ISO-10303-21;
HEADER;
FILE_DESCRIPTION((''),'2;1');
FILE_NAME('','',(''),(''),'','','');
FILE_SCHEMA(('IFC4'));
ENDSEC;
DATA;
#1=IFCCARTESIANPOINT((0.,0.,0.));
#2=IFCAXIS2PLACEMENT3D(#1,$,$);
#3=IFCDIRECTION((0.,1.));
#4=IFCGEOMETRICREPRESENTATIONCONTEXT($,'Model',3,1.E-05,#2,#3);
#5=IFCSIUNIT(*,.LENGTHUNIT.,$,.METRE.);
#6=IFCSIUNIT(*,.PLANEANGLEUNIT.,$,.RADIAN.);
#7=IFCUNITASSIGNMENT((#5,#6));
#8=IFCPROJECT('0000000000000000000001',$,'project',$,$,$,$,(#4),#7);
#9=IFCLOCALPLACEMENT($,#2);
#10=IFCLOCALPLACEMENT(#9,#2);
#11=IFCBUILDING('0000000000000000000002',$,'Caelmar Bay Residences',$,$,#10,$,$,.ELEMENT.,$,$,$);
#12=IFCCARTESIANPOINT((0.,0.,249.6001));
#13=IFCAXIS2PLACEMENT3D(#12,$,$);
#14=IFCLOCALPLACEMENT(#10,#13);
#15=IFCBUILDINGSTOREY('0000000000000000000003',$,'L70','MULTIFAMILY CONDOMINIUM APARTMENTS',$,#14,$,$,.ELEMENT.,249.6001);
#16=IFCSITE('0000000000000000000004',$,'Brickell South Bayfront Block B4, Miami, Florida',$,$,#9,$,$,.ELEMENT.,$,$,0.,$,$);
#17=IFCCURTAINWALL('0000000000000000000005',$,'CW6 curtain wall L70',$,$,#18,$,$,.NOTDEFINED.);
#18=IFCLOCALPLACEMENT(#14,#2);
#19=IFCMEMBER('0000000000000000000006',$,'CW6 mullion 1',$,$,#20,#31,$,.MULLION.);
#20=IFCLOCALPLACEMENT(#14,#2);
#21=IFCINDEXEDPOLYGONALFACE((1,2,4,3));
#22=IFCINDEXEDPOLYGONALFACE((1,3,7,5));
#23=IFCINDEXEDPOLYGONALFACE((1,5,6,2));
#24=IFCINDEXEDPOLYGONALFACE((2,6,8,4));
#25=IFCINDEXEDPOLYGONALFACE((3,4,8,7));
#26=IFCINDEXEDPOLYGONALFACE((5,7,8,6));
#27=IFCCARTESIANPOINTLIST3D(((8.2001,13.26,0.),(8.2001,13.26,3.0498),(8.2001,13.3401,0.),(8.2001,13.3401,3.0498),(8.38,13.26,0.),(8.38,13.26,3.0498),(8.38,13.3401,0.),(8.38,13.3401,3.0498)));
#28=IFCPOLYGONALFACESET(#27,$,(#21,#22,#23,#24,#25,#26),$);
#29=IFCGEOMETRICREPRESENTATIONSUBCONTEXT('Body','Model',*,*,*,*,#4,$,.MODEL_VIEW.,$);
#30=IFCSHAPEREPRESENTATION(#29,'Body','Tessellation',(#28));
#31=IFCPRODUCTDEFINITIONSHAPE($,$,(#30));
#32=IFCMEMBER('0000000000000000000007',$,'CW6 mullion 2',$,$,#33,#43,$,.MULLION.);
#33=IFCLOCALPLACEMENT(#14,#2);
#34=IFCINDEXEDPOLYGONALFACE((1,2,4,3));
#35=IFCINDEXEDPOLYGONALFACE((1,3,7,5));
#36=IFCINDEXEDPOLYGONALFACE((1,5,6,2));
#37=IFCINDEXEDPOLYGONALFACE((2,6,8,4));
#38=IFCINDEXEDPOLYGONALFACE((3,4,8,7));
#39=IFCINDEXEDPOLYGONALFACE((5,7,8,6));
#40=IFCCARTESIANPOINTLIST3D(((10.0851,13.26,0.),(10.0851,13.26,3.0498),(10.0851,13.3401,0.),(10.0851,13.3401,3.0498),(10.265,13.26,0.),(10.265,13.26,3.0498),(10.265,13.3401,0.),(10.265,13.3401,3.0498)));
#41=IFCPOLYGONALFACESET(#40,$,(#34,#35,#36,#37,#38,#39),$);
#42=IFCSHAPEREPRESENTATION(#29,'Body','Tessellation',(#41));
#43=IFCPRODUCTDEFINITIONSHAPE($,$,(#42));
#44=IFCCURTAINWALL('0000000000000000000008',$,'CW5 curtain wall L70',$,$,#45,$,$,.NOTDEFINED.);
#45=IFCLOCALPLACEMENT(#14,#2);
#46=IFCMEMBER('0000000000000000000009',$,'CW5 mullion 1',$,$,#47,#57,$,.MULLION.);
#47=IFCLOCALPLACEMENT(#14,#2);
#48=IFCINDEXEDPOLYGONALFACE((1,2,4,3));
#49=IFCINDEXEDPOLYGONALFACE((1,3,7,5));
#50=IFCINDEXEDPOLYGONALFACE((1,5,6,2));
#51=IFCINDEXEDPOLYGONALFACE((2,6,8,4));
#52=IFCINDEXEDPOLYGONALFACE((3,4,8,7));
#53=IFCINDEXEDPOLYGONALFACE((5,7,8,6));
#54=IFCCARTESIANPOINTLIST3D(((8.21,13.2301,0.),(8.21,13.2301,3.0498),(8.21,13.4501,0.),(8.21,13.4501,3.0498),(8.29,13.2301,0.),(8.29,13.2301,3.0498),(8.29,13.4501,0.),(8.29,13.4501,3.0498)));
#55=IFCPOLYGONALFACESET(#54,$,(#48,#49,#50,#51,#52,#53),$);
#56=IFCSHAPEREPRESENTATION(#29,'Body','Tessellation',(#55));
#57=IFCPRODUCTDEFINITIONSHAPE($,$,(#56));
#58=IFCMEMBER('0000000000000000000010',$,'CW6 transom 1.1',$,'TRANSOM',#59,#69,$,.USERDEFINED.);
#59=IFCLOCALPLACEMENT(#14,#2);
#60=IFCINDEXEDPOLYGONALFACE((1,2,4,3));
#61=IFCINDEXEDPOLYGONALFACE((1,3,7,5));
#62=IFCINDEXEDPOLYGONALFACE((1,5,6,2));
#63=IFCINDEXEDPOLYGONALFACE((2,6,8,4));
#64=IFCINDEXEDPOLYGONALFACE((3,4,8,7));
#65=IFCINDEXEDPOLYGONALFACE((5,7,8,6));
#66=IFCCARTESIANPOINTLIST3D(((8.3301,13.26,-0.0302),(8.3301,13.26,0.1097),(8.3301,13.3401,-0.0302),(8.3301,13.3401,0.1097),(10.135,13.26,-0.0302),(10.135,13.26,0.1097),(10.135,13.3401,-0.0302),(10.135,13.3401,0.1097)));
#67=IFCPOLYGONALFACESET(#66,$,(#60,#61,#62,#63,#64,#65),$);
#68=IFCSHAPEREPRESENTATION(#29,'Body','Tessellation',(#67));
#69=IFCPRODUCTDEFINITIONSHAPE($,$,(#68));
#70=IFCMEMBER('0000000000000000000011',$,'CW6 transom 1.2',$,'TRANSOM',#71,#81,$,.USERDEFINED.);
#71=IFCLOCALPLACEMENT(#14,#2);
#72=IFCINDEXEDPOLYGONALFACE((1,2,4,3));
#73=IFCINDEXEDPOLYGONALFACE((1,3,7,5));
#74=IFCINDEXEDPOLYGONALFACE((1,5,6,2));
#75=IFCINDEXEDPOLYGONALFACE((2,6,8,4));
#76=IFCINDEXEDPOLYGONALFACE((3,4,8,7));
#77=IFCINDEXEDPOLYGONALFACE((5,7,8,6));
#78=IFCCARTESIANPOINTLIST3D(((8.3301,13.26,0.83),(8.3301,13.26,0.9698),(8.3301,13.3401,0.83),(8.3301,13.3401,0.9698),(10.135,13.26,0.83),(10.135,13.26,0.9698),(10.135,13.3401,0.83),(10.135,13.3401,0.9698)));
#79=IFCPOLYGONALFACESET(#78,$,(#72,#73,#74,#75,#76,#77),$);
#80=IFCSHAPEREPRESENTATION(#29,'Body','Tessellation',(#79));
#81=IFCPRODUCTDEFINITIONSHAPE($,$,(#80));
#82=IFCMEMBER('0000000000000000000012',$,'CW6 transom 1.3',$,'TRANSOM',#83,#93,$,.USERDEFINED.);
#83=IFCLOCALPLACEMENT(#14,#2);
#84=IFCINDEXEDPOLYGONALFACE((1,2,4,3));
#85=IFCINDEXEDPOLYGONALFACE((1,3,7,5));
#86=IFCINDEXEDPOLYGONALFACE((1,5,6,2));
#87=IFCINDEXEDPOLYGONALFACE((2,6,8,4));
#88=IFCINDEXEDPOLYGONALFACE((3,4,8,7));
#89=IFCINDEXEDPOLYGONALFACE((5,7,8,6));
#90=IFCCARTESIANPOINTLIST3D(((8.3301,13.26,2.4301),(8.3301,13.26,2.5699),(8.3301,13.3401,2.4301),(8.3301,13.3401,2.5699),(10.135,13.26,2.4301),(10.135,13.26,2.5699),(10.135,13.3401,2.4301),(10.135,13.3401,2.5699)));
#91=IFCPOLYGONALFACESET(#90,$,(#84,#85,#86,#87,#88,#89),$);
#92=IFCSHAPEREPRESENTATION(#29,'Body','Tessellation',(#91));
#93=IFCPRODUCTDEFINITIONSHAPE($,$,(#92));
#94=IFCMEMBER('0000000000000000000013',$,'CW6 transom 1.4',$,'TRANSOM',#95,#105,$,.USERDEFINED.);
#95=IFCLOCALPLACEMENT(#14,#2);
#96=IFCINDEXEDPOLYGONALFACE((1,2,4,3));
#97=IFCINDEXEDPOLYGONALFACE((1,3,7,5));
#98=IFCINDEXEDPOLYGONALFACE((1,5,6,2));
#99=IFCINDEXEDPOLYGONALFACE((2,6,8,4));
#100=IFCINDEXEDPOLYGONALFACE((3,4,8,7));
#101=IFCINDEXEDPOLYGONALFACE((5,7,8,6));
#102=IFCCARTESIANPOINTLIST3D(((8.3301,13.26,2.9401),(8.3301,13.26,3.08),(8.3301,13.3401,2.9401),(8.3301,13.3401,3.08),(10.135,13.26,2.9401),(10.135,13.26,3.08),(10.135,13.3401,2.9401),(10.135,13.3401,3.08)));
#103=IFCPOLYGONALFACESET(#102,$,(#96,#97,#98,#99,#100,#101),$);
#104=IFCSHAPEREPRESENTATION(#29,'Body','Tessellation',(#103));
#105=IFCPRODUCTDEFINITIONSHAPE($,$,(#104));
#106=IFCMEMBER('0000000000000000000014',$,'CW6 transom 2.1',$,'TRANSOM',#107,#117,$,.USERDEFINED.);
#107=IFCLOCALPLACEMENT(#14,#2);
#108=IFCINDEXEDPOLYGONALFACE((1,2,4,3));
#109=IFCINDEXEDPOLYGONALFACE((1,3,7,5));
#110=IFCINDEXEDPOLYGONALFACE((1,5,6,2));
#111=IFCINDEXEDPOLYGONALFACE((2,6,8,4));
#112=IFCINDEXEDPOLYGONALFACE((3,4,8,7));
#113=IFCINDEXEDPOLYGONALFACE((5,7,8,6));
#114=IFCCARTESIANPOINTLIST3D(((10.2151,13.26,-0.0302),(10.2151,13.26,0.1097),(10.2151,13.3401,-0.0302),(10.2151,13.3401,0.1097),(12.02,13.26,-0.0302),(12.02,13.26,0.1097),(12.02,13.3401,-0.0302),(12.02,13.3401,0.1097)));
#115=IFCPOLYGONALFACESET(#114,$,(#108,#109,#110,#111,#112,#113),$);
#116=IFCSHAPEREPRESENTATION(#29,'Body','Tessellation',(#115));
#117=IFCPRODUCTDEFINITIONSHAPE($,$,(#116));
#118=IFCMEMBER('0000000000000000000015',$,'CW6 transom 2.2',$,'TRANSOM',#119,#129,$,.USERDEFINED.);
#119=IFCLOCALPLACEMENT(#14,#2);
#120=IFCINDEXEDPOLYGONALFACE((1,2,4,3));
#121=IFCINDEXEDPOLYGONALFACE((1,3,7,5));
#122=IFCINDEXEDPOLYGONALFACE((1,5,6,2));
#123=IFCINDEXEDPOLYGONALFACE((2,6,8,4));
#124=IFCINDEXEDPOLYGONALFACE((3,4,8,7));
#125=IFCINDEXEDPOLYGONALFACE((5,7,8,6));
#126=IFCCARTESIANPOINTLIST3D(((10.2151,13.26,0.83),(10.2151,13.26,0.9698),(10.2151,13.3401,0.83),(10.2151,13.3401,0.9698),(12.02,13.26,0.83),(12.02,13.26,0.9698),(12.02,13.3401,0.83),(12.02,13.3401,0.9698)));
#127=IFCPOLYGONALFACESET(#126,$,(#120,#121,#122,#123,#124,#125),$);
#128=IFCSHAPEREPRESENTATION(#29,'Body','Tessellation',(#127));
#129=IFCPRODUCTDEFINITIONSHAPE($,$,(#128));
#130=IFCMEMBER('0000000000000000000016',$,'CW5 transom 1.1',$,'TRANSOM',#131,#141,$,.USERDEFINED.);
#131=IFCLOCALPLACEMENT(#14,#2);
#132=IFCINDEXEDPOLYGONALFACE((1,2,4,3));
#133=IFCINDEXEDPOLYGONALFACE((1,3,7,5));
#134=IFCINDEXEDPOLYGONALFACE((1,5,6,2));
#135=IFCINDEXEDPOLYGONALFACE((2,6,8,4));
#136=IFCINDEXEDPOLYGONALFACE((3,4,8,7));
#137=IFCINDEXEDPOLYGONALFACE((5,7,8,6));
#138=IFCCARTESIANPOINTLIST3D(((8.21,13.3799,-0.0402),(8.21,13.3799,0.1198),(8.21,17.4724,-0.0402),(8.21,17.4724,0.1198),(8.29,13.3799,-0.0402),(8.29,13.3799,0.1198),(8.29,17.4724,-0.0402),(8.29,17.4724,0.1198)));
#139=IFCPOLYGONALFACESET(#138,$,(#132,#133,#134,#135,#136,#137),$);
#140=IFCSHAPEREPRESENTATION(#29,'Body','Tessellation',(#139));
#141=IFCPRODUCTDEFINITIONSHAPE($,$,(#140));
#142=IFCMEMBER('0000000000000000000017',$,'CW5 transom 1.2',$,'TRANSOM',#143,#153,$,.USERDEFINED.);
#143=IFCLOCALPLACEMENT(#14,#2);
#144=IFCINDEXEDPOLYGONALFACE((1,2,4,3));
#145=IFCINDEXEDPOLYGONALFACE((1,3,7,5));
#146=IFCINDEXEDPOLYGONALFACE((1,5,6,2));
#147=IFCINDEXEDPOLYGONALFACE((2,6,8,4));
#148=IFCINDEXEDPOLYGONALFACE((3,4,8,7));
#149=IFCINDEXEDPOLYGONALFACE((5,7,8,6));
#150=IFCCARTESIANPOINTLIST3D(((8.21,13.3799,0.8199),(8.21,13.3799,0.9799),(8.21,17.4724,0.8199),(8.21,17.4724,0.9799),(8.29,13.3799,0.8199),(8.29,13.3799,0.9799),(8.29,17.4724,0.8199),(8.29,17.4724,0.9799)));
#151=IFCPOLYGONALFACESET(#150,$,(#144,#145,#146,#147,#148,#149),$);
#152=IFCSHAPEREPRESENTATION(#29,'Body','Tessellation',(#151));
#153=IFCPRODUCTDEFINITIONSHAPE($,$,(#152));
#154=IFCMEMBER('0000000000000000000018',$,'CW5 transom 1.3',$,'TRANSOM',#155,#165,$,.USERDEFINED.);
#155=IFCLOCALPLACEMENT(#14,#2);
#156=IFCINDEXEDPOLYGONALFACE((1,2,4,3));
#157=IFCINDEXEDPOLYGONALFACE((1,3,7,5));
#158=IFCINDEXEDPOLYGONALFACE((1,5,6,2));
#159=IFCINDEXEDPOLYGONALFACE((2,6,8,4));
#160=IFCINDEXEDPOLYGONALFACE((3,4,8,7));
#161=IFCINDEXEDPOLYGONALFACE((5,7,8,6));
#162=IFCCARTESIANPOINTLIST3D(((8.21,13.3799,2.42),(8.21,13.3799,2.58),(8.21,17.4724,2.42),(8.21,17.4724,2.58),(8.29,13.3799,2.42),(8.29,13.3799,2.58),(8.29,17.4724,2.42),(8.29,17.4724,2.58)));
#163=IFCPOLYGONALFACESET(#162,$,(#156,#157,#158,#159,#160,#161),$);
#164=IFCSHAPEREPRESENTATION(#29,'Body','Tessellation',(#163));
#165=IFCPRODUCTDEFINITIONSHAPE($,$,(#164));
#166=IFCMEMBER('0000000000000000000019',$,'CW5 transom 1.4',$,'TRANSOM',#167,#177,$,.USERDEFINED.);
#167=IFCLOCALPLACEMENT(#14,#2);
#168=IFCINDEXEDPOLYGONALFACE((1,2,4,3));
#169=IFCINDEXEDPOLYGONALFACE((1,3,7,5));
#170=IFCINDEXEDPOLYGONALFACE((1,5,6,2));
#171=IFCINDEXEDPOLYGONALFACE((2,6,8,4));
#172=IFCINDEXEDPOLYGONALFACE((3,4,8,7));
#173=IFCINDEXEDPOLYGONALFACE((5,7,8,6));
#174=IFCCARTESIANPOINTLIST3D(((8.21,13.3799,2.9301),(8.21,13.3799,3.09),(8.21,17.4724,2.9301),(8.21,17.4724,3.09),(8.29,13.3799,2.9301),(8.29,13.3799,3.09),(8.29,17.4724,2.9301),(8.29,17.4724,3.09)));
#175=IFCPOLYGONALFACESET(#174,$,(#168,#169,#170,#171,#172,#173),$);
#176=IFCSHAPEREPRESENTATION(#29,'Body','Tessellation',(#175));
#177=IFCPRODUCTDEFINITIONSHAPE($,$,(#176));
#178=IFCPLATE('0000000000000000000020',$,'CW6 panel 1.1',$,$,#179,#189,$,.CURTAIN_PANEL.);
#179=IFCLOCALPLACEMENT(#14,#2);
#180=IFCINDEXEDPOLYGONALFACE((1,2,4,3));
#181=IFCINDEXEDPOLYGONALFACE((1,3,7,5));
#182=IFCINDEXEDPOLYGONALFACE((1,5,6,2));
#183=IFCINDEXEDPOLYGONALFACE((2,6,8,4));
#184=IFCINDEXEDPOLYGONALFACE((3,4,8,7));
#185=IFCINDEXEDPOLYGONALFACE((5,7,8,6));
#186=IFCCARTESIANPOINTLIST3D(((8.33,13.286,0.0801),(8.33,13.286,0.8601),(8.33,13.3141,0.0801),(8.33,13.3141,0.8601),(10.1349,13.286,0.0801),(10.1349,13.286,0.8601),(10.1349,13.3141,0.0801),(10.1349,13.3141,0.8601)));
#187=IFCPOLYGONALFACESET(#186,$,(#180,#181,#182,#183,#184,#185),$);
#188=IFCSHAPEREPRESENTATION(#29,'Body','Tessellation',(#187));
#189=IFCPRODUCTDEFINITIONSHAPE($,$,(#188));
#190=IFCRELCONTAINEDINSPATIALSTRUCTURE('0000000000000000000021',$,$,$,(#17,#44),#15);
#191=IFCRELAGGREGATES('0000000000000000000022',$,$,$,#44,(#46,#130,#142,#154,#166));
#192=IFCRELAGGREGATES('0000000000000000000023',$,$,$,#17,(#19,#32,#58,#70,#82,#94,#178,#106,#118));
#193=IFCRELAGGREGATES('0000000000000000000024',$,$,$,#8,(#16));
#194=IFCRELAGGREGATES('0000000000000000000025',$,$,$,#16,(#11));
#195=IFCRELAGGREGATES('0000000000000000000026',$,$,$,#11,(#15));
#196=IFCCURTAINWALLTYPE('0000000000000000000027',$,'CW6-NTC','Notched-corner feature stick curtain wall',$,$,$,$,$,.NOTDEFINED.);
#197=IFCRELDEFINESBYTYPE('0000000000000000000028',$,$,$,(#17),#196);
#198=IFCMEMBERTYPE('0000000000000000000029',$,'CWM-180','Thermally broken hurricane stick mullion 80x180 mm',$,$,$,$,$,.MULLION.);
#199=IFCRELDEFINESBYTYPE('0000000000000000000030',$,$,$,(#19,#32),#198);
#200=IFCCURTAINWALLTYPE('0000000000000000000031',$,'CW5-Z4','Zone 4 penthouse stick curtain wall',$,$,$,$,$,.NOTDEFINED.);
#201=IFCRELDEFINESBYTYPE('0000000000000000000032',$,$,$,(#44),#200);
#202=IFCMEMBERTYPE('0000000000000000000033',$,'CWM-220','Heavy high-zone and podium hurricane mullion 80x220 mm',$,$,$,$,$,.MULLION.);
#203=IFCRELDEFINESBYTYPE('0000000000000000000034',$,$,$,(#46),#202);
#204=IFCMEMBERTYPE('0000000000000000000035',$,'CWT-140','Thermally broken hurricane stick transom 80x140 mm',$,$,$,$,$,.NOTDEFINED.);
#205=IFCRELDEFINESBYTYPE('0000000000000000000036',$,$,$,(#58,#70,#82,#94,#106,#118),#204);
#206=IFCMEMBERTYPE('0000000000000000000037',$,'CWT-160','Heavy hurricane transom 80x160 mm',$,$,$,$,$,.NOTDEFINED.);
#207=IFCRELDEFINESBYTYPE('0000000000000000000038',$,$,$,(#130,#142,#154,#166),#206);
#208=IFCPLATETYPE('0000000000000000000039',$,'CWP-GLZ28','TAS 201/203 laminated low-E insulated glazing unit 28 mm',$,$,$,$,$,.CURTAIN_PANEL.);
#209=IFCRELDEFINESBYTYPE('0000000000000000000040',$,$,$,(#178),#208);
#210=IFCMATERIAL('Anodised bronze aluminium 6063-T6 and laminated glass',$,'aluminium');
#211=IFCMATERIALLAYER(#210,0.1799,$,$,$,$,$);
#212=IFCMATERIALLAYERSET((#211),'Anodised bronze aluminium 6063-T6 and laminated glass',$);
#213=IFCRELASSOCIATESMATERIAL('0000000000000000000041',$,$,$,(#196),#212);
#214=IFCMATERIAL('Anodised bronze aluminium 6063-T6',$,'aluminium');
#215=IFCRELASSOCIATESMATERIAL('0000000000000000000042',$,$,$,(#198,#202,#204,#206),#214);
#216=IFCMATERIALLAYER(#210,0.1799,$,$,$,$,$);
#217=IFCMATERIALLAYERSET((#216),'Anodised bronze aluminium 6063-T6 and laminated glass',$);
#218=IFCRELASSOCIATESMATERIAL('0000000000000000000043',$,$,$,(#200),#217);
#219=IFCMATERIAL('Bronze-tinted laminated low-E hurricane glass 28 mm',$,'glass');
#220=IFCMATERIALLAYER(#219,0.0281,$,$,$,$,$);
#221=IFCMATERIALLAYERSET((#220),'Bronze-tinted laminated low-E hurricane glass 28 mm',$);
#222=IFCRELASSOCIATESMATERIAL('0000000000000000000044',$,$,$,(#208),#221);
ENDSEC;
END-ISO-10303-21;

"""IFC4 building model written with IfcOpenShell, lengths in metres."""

from ifc_helpers import new_model, si_unit, direction, frame, origin, origin_2d, place, context, subcontext, project, spatial, rectangle, extrude, material, layer, layer_set, material_profile, profile_set, type_object, element, aggregate, save


model = new_model("IFC4")

# Units and contexts
model_context = context("Model", 3, precision=1e-05, world=origin(), true_north=direction((0.0, 1.0)))
body_context = subcontext(model_context, "Body", "Model", "MODEL_VIEW")
ifc_project = project(units=[si_unit("LENGTHUNIT", "METRE"), si_unit("PLANEANGLEUNIT", "RADIAN")], contexts=[model_context])

# Site, building, storey
site_placement = place(None, origin())
site = spatial("IfcSite", under=ifc_project, at=site_placement, Name="Brickell South Bayfront Block B4, Miami, Florida", CompositionType="ELEMENT", RefElevation=0.0)
building_placement = place(site_placement, origin())
building = spatial("IfcBuilding", under=site, at=building_placement, Name="Caelmar Bay Residences", CompositionType="ELEMENT")
storey_placement = place(building_placement, frame((0.0, 0.0, 249.6001)))
storey = spatial("IfcBuildingStorey", under=building, at=storey_placement, Name="L70", Description="MULTIFAMILY CONDOMINIUM APARTMENTS", CompositionType="ELEMENT", Elevation=249.6001)

# Curtain wall, members
ifc_material_1 = material(Name="Anodised bronze aluminium 6063-T6 and laminated glass", Category="aluminium")
ifc_layer_1 = layer(ifc_material_1, 0.1799)
ifc_layer_set_1 = layer_set([ifc_layer_1], Name="Anodised bronze aluminium 6063-T6 and laminated glass")
curtain_wall_type_1 = type_object("IfcCurtainWallType", Name="CW6-NTC", Description="Notched-corner feature stick curtain wall", PredefinedType="NOTDEFINED", material=ifc_layer_set_1)
curtain_wall_1_placement = place(storey_placement, origin())
curtain_wall_1 = element("IfcCurtainWall", 1, at=curtain_wall_1_placement, inside=storey, type_object=curtain_wall_type_1, Name="CW6 curtain wall L70", PredefinedType="NOTDEFINED")
ifc_material_2 = material(Name="Anodised bronze aluminium 6063-T6", Category="aluminium")
ifc_material_profile_1 = material_profile(ifc_material_2, rectangle(XDim=0.0801, YDim=0.1799, at=origin_2d()), Name="CWM-80X180")
ifc_profile_set_1 = profile_set([ifc_material_profile_1], Name="Anodised bronze aluminium 6063-T6")
member_type_1 = type_object("IfcMemberType", Name="CWM-180", Description="Thermally broken hurricane stick mullion 80x180 mm", PredefinedType="MULLION", material=ifc_profile_set_1)
member_1_placement = place(storey_placement, frame((8.29, 13.3, 0.0), z_axis=(0.0, 0.0, 1.0), x_axis=(0.0, 1.0, 0.0)))
member_1 = element("IfcMember", 2, at=member_1_placement, type_object=member_type_1, Name="CW6 mullion 1", PredefinedType="MULLION", context=body_context, shape_type="SweptSolid", body=[
    extrude(rectangle(XDim=0.0801, YDim=0.1799, at=origin_2d()), origin(), (0.0, 0.0, 1.0), 3.0498),
])
member_2_placement = place(storey_placement, frame((10.175, 13.3, 0.0), z_axis=(0.0, 0.0, 1.0), x_axis=(0.0, 1.0, 0.0)))
member_2 = element("IfcMember", 3, at=member_2_placement, type_object=member_type_1, Name="CW6 mullion 2", PredefinedType="MULLION", context=body_context, shape_type="SweptSolid", body=[
    extrude(rectangle(XDim=0.0801, YDim=0.1799, at=origin_2d()), origin(), (0.0, 0.0, 1.0), 3.0498),
])

# Curtain wall, member
ifc_layer_2 = layer(ifc_material_1, 0.1799)
ifc_layer_set_2 = layer_set([ifc_layer_2], Name="Anodised bronze aluminium 6063-T6 and laminated glass")
curtain_wall_type_2 = type_object("IfcCurtainWallType", Name="CW5-Z4", Description="Zone 4 penthouse stick curtain wall", PredefinedType="NOTDEFINED", material=ifc_layer_set_2)
curtain_wall_2_placement = place(storey_placement, origin())
curtain_wall_2 = element("IfcCurtainWall", 4, at=curtain_wall_2_placement, inside=storey, type_object=curtain_wall_type_2, Name="CW5 curtain wall L70", PredefinedType="NOTDEFINED")
ifc_material_profile_2 = material_profile(ifc_material_2, rectangle(XDim=0.0801, YDim=0.22, at=origin_2d()), Name="CWM-80X220")
ifc_profile_set_2 = profile_set([ifc_material_profile_2], Name="Anodised bronze aluminium 6063-T6")
member_type_2 = type_object("IfcMemberType", Name="CWM-220", Description="Heavy high-zone and podium hurricane mullion 80x220 mm", PredefinedType="MULLION", material=ifc_profile_set_2)
member_3_placement = place(storey_placement, frame((8.25, 13.3401, 0.0), z_axis=(0.0, 0.0, 1.0), x_axis=(-1.0, 0.0, 0.0)))
member_3 = element("IfcMember", 5, at=member_3_placement, type_object=member_type_2, Name="CW5 mullion 1", PredefinedType="MULLION", context=body_context, shape_type="SweptSolid", body=[
    extrude(rectangle(XDim=0.0801, YDim=0.22, at=origin_2d()), origin(), (0.0, 0.0, 1.0), 3.0498),
])

# Members
ifc_material_profile_3 = material_profile(ifc_material_2, rectangle(XDim=0.0801, YDim=0.1399, at=origin_2d()), Name="CWT-80X140")
ifc_profile_set_3 = profile_set([ifc_material_profile_3], Name="Anodised bronze aluminium 6063-T6")
member_type_3 = type_object("IfcMemberType", Name="CWT-140", Description="Thermally broken hurricane stick transom 80x140 mm", PredefinedType="NOTDEFINED", material=ifc_profile_set_3)
member_4_placement = place(storey_placement, frame((8.3301, 13.3, 0.0398), z_axis=(1.0, 0.0, 0.0), x_axis=(0.0, 1.0, 0.0)))
member_4 = element("IfcMember", 6, at=member_4_placement, type_object=member_type_3, Name="CW6 transom 1.1", ObjectType="TRANSOM", PredefinedType="USERDEFINED", context=body_context, shape_type="SweptSolid", body=[
    extrude(rectangle(XDim=0.0801, YDim=0.1399, at=origin_2d()), origin(), (0.0, 0.0, 1.0), 1.8049),
])
member_5_placement = place(storey_placement, frame((8.3301, 13.3, 0.8999), z_axis=(1.0, 0.0, 0.0), x_axis=(0.0, 1.0, 0.0)))
member_5 = element("IfcMember", 7, at=member_5_placement, type_object=member_type_3, Name="CW6 transom 1.2", ObjectType="TRANSOM", PredefinedType="USERDEFINED", context=body_context, shape_type="SweptSolid", body=[
    extrude(rectangle(XDim=0.0801, YDim=0.1399, at=origin_2d()), origin(), (0.0, 0.0, 1.0), 1.8049),
])
member_6_placement = place(storey_placement, frame((8.3301, 13.3, 2.5), z_axis=(1.0, 0.0, 0.0), x_axis=(0.0, 1.0, 0.0)))
member_6 = element("IfcMember", 8, at=member_6_placement, type_object=member_type_3, Name="CW6 transom 1.3", ObjectType="TRANSOM", PredefinedType="USERDEFINED", context=body_context, shape_type="SweptSolid", body=[
    extrude(rectangle(XDim=0.0801, YDim=0.1399, at=origin_2d()), origin(), (0.0, 0.0, 1.0), 1.8049),
])
member_7_placement = place(storey_placement, frame((8.3301, 13.3, 3.01), z_axis=(1.0, 0.0, 0.0), x_axis=(0.0, 1.0, 0.0)))
member_7 = element("IfcMember", 9, at=member_7_placement, type_object=member_type_3, Name="CW6 transom 1.4", ObjectType="TRANSOM", PredefinedType="USERDEFINED", context=body_context, shape_type="SweptSolid", body=[
    extrude(rectangle(XDim=0.0801, YDim=0.1399, at=origin_2d()), origin(), (0.0, 0.0, 1.0), 1.8049),
])
member_8_placement = place(storey_placement, frame((10.2151, 13.3, 0.0398), z_axis=(1.0, 0.0, 0.0), x_axis=(0.0, 1.0, 0.0)))
member_8 = element("IfcMember", 10, at=member_8_placement, type_object=member_type_3, Name="CW6 transom 2.1", ObjectType="TRANSOM", PredefinedType="USERDEFINED", context=body_context, shape_type="SweptSolid", body=[
    extrude(rectangle(XDim=0.0801, YDim=0.1399, at=origin_2d()), origin(), (0.0, 0.0, 1.0), 1.8049),
])
member_9_placement = place(storey_placement, frame((10.2151, 13.3, 0.8999), z_axis=(1.0, 0.0, 0.0), x_axis=(0.0, 1.0, 0.0)))
member_9 = element("IfcMember", 11, at=member_9_placement, type_object=member_type_3, Name="CW6 transom 2.2", ObjectType="TRANSOM", PredefinedType="USERDEFINED", context=body_context, shape_type="SweptSolid", body=[
    extrude(rectangle(XDim=0.0801, YDim=0.1399, at=origin_2d()), origin(), (0.0, 0.0, 1.0), 1.8049),
])
ifc_material_profile_4 = material_profile(ifc_material_2, rectangle(XDim=0.0801, YDim=0.1599, at=origin_2d()), Name="CWT-80X160")
ifc_profile_set_4 = profile_set([ifc_material_profile_4], Name="Anodised bronze aluminium 6063-T6")
member_type_4 = type_object("IfcMemberType", Name="CWT-160", Description="Heavy hurricane transom 80x160 mm", PredefinedType="NOTDEFINED", material=ifc_profile_set_4)
member_10_placement = place(storey_placement, frame((8.25, 13.3799, 0.0398), z_axis=(0.0, 1.0, 0.0), x_axis=(-1.0, 0.0, 0.0)))
member_10 = element("IfcMember", 12, at=member_10_placement, type_object=member_type_4, Name="CW5 transom 1.1", ObjectType="TRANSOM", PredefinedType="USERDEFINED", context=body_context, shape_type="SweptSolid", body=[
    extrude(rectangle(XDim=0.0801, YDim=0.1599, at=origin_2d()), origin(), (0.0, 0.0, 1.0), 4.0925),
])
member_11_placement = place(storey_placement, frame((8.25, 13.3799, 0.8999), z_axis=(0.0, 1.0, 0.0), x_axis=(-1.0, 0.0, 0.0)))
member_11 = element("IfcMember", 13, at=member_11_placement, type_object=member_type_4, Name="CW5 transom 1.2", ObjectType="TRANSOM", PredefinedType="USERDEFINED", context=body_context, shape_type="SweptSolid", body=[
    extrude(rectangle(XDim=0.0801, YDim=0.1599, at=origin_2d()), origin(), (0.0, 0.0, 1.0), 4.0925),
])
member_12_placement = place(storey_placement, frame((8.25, 13.3799, 2.5), z_axis=(0.0, 1.0, 0.0), x_axis=(-1.0, 0.0, 0.0)))
member_12 = element("IfcMember", 14, at=member_12_placement, type_object=member_type_4, Name="CW5 transom 1.3", ObjectType="TRANSOM", PredefinedType="USERDEFINED", context=body_context, shape_type="SweptSolid", body=[
    extrude(rectangle(XDim=0.0801, YDim=0.1599, at=origin_2d()), origin(), (0.0, 0.0, 1.0), 4.0925),
])
member_13_placement = place(storey_placement, frame((8.25, 13.3799, 3.01), z_axis=(0.0, 1.0, 0.0), x_axis=(-1.0, 0.0, 0.0)))
member_13 = element("IfcMember", 15, at=member_13_placement, type_object=member_type_4, Name="CW5 transom 1.4", ObjectType="TRANSOM", PredefinedType="USERDEFINED", context=body_context, shape_type="SweptSolid", body=[
    extrude(rectangle(XDim=0.0801, YDim=0.1599, at=origin_2d()), origin(), (0.0, 0.0, 1.0), 4.0925),
])
aggregate(curtain_wall_2, [member_3, member_10, member_11, member_12, member_13])

# Plate
ifc_material_3 = material(Name="Bronze-tinted laminated low-E hurricane glass 28 mm", Category="glass")
ifc_layer_3 = layer(ifc_material_3, 0.0281)
ifc_layer_set_3 = layer_set([ifc_layer_3], Name="Bronze-tinted laminated low-E hurricane glass 28 mm")
plate_type = type_object("IfcPlateType", Name="CWP-GLZ28", Description="TAS 201/203 laminated low-E insulated glazing unit 28 mm", PredefinedType="CURTAIN_PANEL", material=ifc_layer_set_3)
plate_1_placement = place(storey_placement, frame((9.2324, 13.3, 0.0801), z_axis=(0.0, 0.0, 1.0), x_axis=(1.0, 0.0, 0.0)))
plate_1 = element("IfcPlate", 16, at=plate_1_placement, type_object=plate_type, Name="CW6 panel 1.1", PredefinedType="CURTAIN_PANEL", context=body_context, shape_type="SweptSolid", body=[
    extrude(rectangle(XDim=1.8049, YDim=0.0281, at=origin_2d()), origin(), (0.0, 0.0, 1.0), 0.78),
])
aggregate(curtain_wall_1, [member_1, member_2, member_4, member_5, member_6, member_7, plate_1, member_8, member_9])

save(model, "model.ifc")
